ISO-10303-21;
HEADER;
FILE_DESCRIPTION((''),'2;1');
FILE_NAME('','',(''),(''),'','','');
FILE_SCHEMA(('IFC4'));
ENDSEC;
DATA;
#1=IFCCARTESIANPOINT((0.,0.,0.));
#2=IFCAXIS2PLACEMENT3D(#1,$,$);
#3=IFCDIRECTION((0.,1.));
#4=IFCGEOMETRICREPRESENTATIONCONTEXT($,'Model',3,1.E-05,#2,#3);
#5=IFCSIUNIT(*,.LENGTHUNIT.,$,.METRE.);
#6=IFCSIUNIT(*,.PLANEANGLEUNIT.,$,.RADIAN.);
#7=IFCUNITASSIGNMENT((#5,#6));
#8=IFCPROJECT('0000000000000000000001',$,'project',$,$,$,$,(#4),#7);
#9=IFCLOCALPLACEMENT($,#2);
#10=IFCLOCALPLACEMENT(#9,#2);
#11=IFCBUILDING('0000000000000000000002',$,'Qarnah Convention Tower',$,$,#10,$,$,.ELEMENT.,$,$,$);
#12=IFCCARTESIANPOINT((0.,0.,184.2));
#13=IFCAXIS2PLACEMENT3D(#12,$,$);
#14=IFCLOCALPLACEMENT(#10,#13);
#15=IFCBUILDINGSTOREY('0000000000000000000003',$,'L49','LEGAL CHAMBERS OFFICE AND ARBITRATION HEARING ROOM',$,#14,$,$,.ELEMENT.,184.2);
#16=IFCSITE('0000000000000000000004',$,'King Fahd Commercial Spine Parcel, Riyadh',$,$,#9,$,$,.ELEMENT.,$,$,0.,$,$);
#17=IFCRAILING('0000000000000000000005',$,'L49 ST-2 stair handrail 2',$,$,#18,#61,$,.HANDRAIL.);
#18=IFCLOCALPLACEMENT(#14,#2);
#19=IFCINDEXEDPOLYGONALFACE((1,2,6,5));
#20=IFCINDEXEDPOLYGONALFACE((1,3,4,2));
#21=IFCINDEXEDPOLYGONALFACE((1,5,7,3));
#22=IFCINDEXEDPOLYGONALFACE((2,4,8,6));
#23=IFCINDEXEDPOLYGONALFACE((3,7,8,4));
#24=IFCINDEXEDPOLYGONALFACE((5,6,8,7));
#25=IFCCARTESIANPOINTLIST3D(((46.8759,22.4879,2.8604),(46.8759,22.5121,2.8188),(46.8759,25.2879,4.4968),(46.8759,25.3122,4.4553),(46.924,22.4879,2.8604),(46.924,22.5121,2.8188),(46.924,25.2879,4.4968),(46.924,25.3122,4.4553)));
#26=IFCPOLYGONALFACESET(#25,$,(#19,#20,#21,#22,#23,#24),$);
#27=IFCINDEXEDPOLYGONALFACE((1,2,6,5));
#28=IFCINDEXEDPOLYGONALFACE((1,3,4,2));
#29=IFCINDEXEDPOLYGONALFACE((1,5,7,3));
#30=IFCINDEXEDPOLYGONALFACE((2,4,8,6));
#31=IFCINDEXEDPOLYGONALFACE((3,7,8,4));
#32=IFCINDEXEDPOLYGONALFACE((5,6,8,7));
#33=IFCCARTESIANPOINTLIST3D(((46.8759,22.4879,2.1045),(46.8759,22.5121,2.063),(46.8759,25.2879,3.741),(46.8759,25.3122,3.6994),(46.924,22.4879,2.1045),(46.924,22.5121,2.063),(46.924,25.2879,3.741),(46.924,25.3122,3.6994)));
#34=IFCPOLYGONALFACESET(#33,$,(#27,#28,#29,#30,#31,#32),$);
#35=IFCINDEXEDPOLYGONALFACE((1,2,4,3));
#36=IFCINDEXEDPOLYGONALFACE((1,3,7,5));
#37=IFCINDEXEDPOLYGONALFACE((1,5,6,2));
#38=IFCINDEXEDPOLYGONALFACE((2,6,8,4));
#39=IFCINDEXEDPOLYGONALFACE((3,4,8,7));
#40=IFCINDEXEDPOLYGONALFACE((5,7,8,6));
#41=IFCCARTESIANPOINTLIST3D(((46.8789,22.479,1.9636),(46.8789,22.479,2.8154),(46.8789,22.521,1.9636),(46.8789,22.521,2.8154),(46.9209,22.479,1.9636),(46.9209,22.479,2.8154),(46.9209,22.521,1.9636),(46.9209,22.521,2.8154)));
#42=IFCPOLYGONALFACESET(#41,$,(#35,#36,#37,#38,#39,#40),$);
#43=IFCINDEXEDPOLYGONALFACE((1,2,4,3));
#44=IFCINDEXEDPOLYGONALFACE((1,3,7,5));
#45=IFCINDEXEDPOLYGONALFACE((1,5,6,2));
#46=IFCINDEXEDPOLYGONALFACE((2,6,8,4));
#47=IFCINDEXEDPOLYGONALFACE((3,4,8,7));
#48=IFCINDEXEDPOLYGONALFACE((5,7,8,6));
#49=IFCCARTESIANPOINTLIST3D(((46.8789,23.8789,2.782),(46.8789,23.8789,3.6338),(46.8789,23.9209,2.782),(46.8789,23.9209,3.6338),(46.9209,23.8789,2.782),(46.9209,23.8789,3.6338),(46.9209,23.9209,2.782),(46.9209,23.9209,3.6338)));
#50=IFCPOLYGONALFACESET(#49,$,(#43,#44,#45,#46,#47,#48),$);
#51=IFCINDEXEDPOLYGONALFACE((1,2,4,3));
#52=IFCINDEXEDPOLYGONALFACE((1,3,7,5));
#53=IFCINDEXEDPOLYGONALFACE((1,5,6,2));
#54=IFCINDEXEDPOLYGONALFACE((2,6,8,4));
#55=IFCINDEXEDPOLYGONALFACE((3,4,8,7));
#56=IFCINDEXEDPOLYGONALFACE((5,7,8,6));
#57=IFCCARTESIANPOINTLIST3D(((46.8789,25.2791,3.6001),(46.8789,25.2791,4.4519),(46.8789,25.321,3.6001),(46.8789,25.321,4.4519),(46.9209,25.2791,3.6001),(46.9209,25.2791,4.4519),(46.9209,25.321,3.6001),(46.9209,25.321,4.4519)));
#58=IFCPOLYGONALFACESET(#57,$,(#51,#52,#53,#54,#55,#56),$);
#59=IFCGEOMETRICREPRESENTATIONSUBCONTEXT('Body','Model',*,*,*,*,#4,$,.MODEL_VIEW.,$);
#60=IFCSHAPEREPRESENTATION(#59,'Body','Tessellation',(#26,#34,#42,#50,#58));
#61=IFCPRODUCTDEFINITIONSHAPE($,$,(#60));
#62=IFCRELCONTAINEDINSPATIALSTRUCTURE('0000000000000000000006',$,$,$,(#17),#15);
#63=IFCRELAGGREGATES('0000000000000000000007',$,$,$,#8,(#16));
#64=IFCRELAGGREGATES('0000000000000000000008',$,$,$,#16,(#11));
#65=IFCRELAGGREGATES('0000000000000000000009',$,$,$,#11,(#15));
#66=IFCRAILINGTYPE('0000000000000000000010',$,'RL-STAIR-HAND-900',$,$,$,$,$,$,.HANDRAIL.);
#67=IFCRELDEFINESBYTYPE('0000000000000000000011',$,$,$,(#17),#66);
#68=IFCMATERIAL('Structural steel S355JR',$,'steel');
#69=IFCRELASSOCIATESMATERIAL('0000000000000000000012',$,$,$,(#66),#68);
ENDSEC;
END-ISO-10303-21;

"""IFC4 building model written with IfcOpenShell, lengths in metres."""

from ifc_helpers import new_model, si_unit, direction, frame, origin, origin_2d, place, context, subcontext, project, spatial, rectangle, extrude, material, type_object, element, save


model = new_model("IFC4")

# Units and contexts
model_context = context("Model", 3, precision=1e-05, world=origin(), true_north=direction((0.0, 1.0)))
body_context = subcontext(model_context, "Body", "Model", "MODEL_VIEW")
ifc_project = project(units=[si_unit("LENGTHUNIT", "METRE"), si_unit("PLANEANGLEUNIT", "RADIAN")], contexts=[model_context])

# Site, building, storey
site_placement = place(None, origin())
site = spatial("IfcSite", under=ifc_project, at=site_placement, Name="King Fahd Commercial Spine Parcel, Riyadh", CompositionType="ELEMENT", RefElevation=0.0)
building_placement = place(site_placement, origin())
building = spatial("IfcBuilding", under=site, at=building_placement, Name="Qarnah Convention Tower", CompositionType="ELEMENT")
storey_placement = place(building_placement, frame((0.0, 0.0, 184.2)))
storey = spatial("IfcBuildingStorey", under=building, at=storey_placement, Name="L49", Description="LEGAL CHAMBERS OFFICE AND ARBITRATION HEARING ROOM", CompositionType="ELEMENT", Elevation=184.2)

# Shared definitions
ifc_material_1 = material(Name="Structural steel S355JR", Category="steel")

# Railing
railing_type_1 = type_object("IfcRailingType", Name="RL-STAIR-HAND-900", PredefinedType="HANDRAIL", material=ifc_material_1)
railing_1_placement = place(storey_placement, frame((46.8999, 22.5, 1.9636)))
element("IfcRailing", 1, at=railing_1_placement, inside=storey, type_object=railing_type_1, Name="L49 ST-2 stair handrail 2", PredefinedType="HANDRAIL", context=body_context, shape_type="SweptSolid", body=[
    extrude(rectangle(XDim=0.0481, YDim=0.0481, at=origin_2d()), frame((0.0, 0.0, 0.876), z_axis=(0.0, 0.863361, 0.504587), x_axis=(-1.0, 0.0, 0.0)), (0.0, 0.0, 1.0), 3.2432),
    extrude(rectangle(XDim=0.0481, YDim=0.0481, at=origin_2d()), frame((0.0, 0.0, 0.1201), z_axis=(0.0, 0.863361, 0.504587), x_axis=(-1.0, 0.0, 0.0)), (0.0, 0.0, 1.0), 3.2432),
    extrude(rectangle(XDim=0.042, YDim=0.042, at=origin_2d()), origin(), (0.0, 0.0, 1.0), 0.8518),
    extrude(rectangle(XDim=0.042, YDim=0.042, at=origin_2d()), frame((0.0, 1.3999, 0.8184)), (0.0, 0.0, 1.0), 0.8518),
    extrude(rectangle(XDim=0.042, YDim=0.042, at=origin_2d()), frame((0.0, 2.8, 1.6365)), (0.0, 0.0, 1.0), 0.8518),
])

save(model, "model.ifc")
